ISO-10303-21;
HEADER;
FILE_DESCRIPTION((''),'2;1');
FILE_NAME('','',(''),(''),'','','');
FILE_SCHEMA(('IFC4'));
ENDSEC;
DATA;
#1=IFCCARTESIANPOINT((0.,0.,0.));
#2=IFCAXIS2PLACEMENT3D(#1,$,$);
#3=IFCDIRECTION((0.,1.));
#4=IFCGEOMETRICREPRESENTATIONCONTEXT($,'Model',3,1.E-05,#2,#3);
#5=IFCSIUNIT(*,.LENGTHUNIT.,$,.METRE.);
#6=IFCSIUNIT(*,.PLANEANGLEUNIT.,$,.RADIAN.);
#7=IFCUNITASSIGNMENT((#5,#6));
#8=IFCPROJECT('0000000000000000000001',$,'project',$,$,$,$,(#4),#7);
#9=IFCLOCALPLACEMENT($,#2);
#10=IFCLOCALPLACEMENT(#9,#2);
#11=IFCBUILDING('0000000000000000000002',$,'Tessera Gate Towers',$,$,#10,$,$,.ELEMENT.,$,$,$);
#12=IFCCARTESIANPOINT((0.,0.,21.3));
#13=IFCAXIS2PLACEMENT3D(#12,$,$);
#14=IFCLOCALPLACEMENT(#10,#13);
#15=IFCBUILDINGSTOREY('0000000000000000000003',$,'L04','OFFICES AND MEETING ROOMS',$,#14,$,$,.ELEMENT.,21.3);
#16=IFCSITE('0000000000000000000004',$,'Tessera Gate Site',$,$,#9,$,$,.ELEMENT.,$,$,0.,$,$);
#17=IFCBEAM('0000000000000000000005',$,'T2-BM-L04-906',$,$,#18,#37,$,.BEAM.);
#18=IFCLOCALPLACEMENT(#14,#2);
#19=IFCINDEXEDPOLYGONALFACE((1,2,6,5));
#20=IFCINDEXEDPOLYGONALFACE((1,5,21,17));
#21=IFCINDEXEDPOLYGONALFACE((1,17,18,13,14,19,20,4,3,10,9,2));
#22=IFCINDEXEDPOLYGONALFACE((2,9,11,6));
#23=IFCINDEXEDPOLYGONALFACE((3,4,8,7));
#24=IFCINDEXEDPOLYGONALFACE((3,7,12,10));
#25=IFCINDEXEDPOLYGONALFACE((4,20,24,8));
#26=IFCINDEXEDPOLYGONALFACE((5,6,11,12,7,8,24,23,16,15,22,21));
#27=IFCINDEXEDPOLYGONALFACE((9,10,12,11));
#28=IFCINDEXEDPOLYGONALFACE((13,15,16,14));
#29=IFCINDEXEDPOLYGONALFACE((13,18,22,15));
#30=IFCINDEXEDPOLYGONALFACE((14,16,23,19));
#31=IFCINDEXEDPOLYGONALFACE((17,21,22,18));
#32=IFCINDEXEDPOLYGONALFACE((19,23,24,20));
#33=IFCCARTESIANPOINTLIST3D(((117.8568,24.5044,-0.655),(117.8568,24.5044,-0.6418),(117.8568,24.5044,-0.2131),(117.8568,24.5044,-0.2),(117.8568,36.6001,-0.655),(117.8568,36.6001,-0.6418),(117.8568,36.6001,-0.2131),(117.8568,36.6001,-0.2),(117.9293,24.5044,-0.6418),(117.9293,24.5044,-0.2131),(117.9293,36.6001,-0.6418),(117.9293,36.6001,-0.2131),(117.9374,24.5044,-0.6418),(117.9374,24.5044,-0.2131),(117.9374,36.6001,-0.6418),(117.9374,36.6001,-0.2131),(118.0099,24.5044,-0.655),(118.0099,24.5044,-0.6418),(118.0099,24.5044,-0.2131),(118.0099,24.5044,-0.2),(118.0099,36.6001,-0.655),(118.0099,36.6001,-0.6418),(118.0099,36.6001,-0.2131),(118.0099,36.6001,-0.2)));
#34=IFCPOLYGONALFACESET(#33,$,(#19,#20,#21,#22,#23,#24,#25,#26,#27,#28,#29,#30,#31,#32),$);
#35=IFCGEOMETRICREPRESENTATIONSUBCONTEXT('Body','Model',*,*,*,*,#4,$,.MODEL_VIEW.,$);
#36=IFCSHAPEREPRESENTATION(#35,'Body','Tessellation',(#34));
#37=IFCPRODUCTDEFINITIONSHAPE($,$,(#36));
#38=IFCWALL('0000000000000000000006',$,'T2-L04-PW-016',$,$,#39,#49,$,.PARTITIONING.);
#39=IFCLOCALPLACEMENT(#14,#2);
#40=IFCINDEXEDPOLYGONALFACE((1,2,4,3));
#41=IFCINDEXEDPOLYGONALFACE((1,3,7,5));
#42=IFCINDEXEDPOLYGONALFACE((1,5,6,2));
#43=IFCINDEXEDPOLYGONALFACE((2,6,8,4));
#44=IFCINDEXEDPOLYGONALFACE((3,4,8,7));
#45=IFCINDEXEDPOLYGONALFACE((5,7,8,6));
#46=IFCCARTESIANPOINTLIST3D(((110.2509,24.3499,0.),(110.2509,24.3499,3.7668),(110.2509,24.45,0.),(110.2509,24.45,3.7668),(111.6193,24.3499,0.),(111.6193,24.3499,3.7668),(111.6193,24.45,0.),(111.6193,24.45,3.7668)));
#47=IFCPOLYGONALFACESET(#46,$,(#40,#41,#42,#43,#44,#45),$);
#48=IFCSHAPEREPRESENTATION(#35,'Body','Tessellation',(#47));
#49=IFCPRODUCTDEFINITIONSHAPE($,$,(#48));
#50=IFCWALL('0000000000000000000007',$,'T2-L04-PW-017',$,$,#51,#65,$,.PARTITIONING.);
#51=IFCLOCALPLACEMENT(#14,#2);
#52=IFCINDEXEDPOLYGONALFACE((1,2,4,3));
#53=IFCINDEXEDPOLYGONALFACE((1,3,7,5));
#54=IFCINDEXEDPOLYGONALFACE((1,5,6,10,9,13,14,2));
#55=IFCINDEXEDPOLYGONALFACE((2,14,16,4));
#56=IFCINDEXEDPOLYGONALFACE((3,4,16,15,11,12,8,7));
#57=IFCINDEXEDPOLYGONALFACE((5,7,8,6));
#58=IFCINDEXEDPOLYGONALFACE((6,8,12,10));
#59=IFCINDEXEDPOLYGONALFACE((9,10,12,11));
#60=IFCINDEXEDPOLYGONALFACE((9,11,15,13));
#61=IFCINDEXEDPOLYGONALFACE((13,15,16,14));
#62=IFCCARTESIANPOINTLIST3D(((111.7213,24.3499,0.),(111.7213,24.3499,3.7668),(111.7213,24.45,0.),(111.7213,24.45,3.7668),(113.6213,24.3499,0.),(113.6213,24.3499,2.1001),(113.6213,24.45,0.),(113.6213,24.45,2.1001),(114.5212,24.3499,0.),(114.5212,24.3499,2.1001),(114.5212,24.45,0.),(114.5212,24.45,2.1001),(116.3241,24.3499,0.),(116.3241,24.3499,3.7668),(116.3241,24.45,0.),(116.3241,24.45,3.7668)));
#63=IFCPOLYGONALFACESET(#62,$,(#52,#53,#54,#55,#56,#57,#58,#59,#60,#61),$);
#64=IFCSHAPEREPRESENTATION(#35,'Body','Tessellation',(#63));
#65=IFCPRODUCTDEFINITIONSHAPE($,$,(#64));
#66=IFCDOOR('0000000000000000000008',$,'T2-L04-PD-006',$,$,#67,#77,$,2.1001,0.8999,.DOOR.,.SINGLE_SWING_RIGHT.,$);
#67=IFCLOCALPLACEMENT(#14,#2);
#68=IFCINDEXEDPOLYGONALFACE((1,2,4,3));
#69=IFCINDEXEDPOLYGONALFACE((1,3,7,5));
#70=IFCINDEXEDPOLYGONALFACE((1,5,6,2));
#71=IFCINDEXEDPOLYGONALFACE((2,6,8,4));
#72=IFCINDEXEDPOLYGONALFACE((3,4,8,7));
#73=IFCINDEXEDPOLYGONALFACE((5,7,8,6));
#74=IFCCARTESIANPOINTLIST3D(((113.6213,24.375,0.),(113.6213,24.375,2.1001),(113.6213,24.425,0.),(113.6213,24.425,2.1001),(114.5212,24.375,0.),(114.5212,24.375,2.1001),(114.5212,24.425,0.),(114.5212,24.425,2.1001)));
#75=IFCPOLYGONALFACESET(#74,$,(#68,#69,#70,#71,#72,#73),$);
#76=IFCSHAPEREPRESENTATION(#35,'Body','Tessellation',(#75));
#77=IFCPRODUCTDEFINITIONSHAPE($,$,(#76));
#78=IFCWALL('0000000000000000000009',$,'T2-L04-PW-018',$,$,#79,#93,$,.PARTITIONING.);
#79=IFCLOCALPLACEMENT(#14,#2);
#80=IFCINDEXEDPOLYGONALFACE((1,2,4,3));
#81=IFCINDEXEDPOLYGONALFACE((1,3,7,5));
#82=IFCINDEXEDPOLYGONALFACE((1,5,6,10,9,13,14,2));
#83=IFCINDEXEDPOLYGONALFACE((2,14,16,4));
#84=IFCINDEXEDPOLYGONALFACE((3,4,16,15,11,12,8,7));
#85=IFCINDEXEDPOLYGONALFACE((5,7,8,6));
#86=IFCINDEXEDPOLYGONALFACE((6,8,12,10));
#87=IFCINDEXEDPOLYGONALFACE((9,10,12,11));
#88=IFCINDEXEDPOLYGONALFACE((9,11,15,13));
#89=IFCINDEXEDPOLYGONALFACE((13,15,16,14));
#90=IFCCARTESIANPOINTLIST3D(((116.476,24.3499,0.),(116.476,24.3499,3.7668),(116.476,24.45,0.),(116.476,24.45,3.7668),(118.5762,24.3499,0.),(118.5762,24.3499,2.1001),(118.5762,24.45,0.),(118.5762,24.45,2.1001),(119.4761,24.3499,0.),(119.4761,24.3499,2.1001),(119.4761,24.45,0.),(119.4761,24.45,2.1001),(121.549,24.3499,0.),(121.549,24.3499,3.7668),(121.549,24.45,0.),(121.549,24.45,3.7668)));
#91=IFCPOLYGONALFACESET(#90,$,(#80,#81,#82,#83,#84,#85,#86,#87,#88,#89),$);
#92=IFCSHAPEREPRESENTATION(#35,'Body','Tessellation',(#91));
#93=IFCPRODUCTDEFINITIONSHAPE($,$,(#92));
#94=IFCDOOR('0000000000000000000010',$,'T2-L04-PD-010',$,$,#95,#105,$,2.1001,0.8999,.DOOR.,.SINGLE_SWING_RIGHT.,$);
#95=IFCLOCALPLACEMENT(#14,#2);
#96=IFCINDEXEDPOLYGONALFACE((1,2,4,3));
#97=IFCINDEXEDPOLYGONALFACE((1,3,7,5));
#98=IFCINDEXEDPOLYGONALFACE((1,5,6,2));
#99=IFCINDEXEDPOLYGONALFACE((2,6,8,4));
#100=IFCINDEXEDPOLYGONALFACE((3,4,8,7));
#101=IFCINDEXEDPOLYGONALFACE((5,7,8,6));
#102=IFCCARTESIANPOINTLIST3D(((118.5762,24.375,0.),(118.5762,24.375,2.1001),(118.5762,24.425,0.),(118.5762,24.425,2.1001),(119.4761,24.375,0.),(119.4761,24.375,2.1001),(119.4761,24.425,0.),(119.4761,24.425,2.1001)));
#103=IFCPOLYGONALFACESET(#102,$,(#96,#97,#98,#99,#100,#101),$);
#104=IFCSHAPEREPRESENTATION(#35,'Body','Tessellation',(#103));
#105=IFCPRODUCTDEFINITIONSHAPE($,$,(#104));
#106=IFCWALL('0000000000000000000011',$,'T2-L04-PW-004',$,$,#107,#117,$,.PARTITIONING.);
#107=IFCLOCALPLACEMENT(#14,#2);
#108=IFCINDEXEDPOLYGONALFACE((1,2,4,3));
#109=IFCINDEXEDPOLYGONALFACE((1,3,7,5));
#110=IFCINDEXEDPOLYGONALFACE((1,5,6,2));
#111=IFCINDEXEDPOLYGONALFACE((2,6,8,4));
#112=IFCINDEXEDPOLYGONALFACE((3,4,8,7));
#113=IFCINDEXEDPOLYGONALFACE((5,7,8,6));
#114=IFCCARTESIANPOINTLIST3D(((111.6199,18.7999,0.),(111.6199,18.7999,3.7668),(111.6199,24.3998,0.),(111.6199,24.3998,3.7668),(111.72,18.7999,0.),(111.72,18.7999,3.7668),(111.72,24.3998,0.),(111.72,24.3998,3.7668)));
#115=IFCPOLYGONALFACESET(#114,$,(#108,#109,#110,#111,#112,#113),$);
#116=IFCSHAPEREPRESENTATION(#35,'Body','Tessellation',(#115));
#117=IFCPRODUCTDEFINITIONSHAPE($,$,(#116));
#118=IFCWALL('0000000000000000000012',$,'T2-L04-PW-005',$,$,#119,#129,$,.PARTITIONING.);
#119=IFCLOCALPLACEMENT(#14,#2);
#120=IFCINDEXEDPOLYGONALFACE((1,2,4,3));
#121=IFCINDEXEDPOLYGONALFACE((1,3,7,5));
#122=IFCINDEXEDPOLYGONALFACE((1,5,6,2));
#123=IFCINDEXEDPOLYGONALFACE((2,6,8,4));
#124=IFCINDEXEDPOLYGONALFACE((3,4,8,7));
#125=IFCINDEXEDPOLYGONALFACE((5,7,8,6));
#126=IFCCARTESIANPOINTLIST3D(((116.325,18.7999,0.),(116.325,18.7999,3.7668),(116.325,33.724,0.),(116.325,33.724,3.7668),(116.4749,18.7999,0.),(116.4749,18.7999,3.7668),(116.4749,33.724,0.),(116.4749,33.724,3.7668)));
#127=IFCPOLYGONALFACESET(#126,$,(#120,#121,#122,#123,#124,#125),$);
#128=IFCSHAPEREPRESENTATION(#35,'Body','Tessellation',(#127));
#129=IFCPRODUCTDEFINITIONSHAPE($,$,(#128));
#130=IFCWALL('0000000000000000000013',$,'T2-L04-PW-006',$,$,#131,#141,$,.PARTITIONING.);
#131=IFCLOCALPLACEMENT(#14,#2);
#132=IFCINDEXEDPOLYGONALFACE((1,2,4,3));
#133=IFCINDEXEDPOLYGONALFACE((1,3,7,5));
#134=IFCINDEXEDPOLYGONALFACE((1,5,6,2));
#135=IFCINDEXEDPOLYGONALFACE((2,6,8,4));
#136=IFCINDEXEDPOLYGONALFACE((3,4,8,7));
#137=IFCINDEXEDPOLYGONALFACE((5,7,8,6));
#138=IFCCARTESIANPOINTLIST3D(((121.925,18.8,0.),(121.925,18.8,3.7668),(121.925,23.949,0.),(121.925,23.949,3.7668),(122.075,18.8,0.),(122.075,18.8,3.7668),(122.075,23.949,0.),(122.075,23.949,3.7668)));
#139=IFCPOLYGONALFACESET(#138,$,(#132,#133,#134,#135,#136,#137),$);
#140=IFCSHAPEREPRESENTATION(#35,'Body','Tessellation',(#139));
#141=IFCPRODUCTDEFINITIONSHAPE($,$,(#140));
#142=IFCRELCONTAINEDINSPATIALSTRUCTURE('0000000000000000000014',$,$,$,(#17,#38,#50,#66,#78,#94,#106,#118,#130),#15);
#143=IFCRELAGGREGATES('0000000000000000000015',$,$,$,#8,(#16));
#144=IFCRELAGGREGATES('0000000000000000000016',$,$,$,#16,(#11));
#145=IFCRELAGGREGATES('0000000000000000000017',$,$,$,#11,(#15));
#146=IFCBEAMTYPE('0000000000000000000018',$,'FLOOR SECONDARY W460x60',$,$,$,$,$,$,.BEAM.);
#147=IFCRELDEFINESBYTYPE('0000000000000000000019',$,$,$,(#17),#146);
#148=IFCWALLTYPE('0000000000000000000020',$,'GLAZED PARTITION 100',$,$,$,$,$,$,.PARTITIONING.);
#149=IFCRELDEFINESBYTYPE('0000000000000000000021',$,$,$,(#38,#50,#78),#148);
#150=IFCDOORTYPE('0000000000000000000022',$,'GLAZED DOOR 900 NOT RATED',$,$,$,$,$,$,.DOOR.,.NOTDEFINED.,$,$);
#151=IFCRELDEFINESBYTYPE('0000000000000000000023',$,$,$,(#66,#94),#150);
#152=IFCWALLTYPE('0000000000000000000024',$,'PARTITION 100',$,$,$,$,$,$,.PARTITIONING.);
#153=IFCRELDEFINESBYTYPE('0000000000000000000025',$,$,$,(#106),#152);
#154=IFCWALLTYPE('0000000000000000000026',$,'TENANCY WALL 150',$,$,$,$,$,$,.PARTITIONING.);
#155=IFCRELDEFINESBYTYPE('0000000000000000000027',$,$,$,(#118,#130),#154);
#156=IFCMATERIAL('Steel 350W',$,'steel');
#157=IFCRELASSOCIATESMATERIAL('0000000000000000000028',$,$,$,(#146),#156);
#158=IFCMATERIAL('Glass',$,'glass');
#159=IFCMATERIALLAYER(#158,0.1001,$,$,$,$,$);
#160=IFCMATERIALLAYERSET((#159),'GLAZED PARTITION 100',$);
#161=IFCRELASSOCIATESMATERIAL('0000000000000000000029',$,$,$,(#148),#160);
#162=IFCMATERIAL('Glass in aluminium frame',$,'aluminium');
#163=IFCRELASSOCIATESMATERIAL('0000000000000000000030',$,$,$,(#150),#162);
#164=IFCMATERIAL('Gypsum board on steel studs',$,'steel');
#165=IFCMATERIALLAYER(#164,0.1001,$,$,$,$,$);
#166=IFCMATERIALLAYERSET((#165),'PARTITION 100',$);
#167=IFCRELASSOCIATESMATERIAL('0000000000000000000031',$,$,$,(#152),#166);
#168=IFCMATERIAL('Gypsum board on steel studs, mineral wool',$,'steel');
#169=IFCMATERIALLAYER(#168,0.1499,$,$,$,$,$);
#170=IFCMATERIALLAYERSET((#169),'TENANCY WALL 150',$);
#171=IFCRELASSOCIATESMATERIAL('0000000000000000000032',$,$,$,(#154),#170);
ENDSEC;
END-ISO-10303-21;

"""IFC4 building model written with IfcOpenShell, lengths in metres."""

from ifc_helpers import new_model, si_unit, direction, frame, frame_2d, origin, origin_2d, place, context, subcontext, project, spatial, rectangle, i_section, extrude, source, transform, mapped, material, layer, layer_set, material_profile, profile_set, type_object, element, fill, save


model = new_model("IFC4")

# Units and contexts
model_context = context("Model", 3, precision=1e-05, world=origin(), true_north=direction((0.0, 1.0)))
body_context = subcontext(model_context, "Body", "Model", "MODEL_VIEW")
ifc_project = project(units=[si_unit("LENGTHUNIT", "METRE"), si_unit("PLANEANGLEUNIT", "RADIAN")], contexts=[model_context])

# Site, building, storey
site_placement = place(None, origin())
site = spatial("IfcSite", under=ifc_project, at=site_placement, Name="Tessera Gate Site", CompositionType="ELEMENT", RefElevation=0.0)
building_placement = place(site_placement, origin())
building = spatial("IfcBuilding", under=site, at=building_placement, Name="Tessera Gate Towers", CompositionType="ELEMENT")
storey_placement = place(building_placement, frame((0.0, 0.0, 21.3)))
storey = spatial("IfcBuildingStorey", under=building, at=storey_placement, Name="L04", Description="OFFICES AND MEETING ROOMS", CompositionType="ELEMENT", Elevation=21.3)

# Beam
ifc_material_1 = material(Name="Steel 350W", Category="steel")
ifc_material_profile_1 = material_profile(ifc_material_1, i_section(OverallWidth=0.1531, OverallDepth=0.4551, WebThickness=0.0081, FlangeThickness=0.0132, at=origin_2d()), Name="W460x60")
ifc_profile_set_1 = profile_set([ifc_material_profile_1], Name="Steel 350W")
beam_type_1 = type_object("IfcBeamType", Name="FLOOR SECONDARY W460x60", PredefinedType="BEAM", material=ifc_profile_set_1)
beam_1_placement = place(storey_placement, frame((117.9333, 24.5044, -0.4275), z_axis=(0.0, 1.0, 0.0), x_axis=(-1.0, 0.0, 0.0)))
element("IfcBeam", 1, at=beam_1_placement, inside=storey, type_object=beam_type_1, Name="T2-BM-L04-906", PredefinedType="BEAM", context=body_context, shape_type="SweptSolid", body=[
    extrude(i_section(OverallWidth=0.1531, OverallDepth=0.4551, WebThickness=0.0081, FlangeThickness=0.0132, at=origin_2d()), origin(), (0.0, 0.0, 1.0), 12.0957),
])

# Wall
ifc_material_2 = material(Name="Glass", Category="glass")
ifc_layer_1 = layer(ifc_material_2, 0.1001)
ifc_layer_set_1 = layer_set([ifc_layer_1], Name="GLAZED PARTITION 100")
wall_type_1 = type_object("IfcWallType", Name="GLAZED PARTITION 100", PredefinedType="PARTITIONING", material=ifc_layer_set_1)
wall_1_placement = place(storey_placement, frame((110.251, 24.3999, 0.0), z_axis=(0.0, 0.0, 1.0), x_axis=(1.0, 0.0, 0.0)))
element("IfcWall", 2, at=wall_1_placement, inside=storey, type_object=wall_type_1, Name="T2-L04-PW-016", PredefinedType="PARTITIONING", context=body_context, shape_type="SweptSolid", body=[
    extrude(rectangle(XDim=1.3684, YDim=0.1001, at=frame_2d((0.6841, 0.0))), origin(), (0.0, 0.0, 1.0), 3.7668),
])

# Walls, openings, doors
wall_2_placement = place(storey_placement, frame((116.324, 24.3999, 0.0), z_axis=(0.0, 0.0, 1.0), x_axis=(-1.0, 0.0, 0.0)))
wall_2 = element("IfcWall", 3, at=wall_2_placement, inside=storey, type_object=wall_type_1, Name="T2-L04-PW-017", PredefinedType="PARTITIONING", context=body_context, shape_type="SweptSolid", body=[
    extrude(rectangle(XDim=4.6028, YDim=0.1001, at=frame_2d((2.3013, 0.0))), origin(), (0.0, 0.0, 1.0), 3.7668),
])
shared_shape_1 = source(origin(), body_context, "Body", "SweptSolid", [
    extrude(rectangle(XDim=0.8999, YDim=2.1001, at=frame_2d((0.45, 1.05))), frame((0.0, 0.0601, 0.0), z_axis=(0.0, -1.0, 0.0), x_axis=(1.0, 0.0, 0.0)), (0.0, 0.0, 1.0), 0.1201),
])
opening_1_placement = place(wall_2_placement, frame((1.8027, 0.0, 0.0)))
opening_1 = element("IfcOpeningElement", 4, at=opening_1_placement, cuts=wall_2, PredefinedType="OPENING", context=body_context, shape_type="MappedRepresentation", body=[
    mapped(shared_shape_1, transform((0.0, 0.0, 0.0), scale=1.0)),
])
ifc_material_3 = material(Name="Glass in aluminium frame", Category="aluminium")
door_type = type_object("IfcDoorType", Name="GLAZED DOOR 900 NOT RATED", OperationType="NOTDEFINED", PredefinedType="DOOR", material=ifc_material_3)
shared_shape_2 = source(origin(), body_context, "Body", "SweptSolid", [
    extrude(rectangle(XDim=0.8999, YDim=2.1001, at=frame_2d((0.45, 1.05))), frame((0.0, 0.0249, 0.0), z_axis=(0.0, -1.0, 0.0), x_axis=(1.0, 0.0, 0.0)), (0.0, 0.0, 1.0), 0.05),
])
door_1_placement = place(opening_1_placement, origin())
door_1 = element("IfcDoor", 5, at=door_1_placement, inside=storey, type_object=door_type, Name="T2-L04-PD-006", OperationType="SINGLE_SWING_RIGHT", OverallHeight=2.1001, OverallWidth=0.8999, PredefinedType="DOOR", context=body_context, shape_type="MappedRepresentation", body=[
    mapped(shared_shape_2, transform((0.0, 0.0, 0.0), scale=1.0)),
])
fill(opening_1, door_1)
wall_3_placement = place(storey_placement, frame((121.5491, 24.3999, 0.0), z_axis=(0.0, 0.0, 1.0), x_axis=(-1.0, 0.0, 0.0)))
wall_3 = element("IfcWall", 6, at=wall_3_placement, inside=storey, type_object=wall_type_1, Name="T2-L04-PW-018", PredefinedType="PARTITIONING", context=body_context, shape_type="SweptSolid", body=[
    extrude(rectangle(XDim=5.073, YDim=0.1001, at=frame_2d((2.5366, 0.0))), origin(), (0.0, 0.0, 1.0), 3.7668),
])
opening_2_placement = place(wall_3_placement, frame((2.073, 0.0, 0.0)))
opening_2 = element("IfcOpeningElement", 7, at=opening_2_placement, cuts=wall_3, PredefinedType="OPENING", context=body_context, shape_type="MappedRepresentation", body=[
    mapped(shared_shape_1, transform((0.0, 0.0, 0.0), scale=1.0)),
])
door_2_placement = place(opening_2_placement, origin())
door_2 = element("IfcDoor", 8, at=door_2_placement, inside=storey, type_object=door_type, Name="T2-L04-PD-010", OperationType="SINGLE_SWING_RIGHT", OverallHeight=2.1001, OverallWidth=0.8999, PredefinedType="DOOR", context=body_context, shape_type="MappedRepresentation", body=[
    mapped(shared_shape_2, transform((0.0, 0.0, 0.0), scale=1.0)),
])
fill(opening_2, door_2)

# Walls
ifc_material_4 = material(Name="Gypsum board on steel studs", Category="steel")
ifc_layer_2 = layer(ifc_material_4, 0.1001)
ifc_layer_set_2 = layer_set([ifc_layer_2], Name="PARTITION 100")
wall_type_2 = type_object("IfcWallType", Name="PARTITION 100", PredefinedType="PARTITIONING", material=ifc_layer_set_2)
wall_4_placement = place(storey_placement, frame((111.6699, 18.8, 0.0), z_axis=(0.0, 0.0, 1.0), x_axis=(0.0, 1.0, 0.0)))
element("IfcWall", 9, at=wall_4_placement, inside=storey, type_object=wall_type_2, Name="T2-L04-PW-004", PredefinedType="PARTITIONING", context=body_context, shape_type="SweptSolid", body=[
    extrude(rectangle(XDim=5.5999, YDim=0.1001, at=frame_2d((2.7998, 0.0))), origin(), (0.0, 0.0, 1.0), 3.7668),
])
ifc_material_5 = material(Name="Gypsum board on steel studs, mineral wool", Category="steel")
ifc_layer_3 = layer(ifc_material_5, 0.1499)
ifc_layer_set_3 = layer_set([ifc_layer_3], Name="TENANCY WALL 150")
wall_type_3 = type_object("IfcWallType", Name="TENANCY WALL 150", PredefinedType="PARTITIONING", material=ifc_layer_set_3)
wall_5_placement = place(storey_placement, frame((116.3999, 18.8, 0.0), z_axis=(0.0, 0.0, 1.0), x_axis=(0.0, 1.0, 0.0)))
element("IfcWall", 10, at=wall_5_placement, inside=storey, type_object=wall_type_3, Name="T2-L04-PW-005", PredefinedType="PARTITIONING", context=body_context, shape_type="SweptSolid", body=[
    extrude(rectangle(XDim=14.9241, YDim=0.1499, at=frame_2d((7.4619, 0.0))), origin(), (0.0, 0.0, 1.0), 3.7668),
])
wall_6_placement = place(storey_placement, frame((122.0, 18.8, 0.0), z_axis=(0.0, 0.0, 1.0), x_axis=(0.0, 1.0, 0.0)))
element("IfcWall", 11, at=wall_6_placement, inside=storey, type_object=wall_type_3, Name="T2-L04-PW-006", PredefinedType="PARTITIONING", context=body_context, shape_type="SweptSolid", body=[
    extrude(rectangle(XDim=5.1489, YDim=0.1499, at=frame_2d((2.5745, 0.0))), origin(), (0.0, 0.0, 1.0), 3.7668),
])

save(model, "model.ifc")
